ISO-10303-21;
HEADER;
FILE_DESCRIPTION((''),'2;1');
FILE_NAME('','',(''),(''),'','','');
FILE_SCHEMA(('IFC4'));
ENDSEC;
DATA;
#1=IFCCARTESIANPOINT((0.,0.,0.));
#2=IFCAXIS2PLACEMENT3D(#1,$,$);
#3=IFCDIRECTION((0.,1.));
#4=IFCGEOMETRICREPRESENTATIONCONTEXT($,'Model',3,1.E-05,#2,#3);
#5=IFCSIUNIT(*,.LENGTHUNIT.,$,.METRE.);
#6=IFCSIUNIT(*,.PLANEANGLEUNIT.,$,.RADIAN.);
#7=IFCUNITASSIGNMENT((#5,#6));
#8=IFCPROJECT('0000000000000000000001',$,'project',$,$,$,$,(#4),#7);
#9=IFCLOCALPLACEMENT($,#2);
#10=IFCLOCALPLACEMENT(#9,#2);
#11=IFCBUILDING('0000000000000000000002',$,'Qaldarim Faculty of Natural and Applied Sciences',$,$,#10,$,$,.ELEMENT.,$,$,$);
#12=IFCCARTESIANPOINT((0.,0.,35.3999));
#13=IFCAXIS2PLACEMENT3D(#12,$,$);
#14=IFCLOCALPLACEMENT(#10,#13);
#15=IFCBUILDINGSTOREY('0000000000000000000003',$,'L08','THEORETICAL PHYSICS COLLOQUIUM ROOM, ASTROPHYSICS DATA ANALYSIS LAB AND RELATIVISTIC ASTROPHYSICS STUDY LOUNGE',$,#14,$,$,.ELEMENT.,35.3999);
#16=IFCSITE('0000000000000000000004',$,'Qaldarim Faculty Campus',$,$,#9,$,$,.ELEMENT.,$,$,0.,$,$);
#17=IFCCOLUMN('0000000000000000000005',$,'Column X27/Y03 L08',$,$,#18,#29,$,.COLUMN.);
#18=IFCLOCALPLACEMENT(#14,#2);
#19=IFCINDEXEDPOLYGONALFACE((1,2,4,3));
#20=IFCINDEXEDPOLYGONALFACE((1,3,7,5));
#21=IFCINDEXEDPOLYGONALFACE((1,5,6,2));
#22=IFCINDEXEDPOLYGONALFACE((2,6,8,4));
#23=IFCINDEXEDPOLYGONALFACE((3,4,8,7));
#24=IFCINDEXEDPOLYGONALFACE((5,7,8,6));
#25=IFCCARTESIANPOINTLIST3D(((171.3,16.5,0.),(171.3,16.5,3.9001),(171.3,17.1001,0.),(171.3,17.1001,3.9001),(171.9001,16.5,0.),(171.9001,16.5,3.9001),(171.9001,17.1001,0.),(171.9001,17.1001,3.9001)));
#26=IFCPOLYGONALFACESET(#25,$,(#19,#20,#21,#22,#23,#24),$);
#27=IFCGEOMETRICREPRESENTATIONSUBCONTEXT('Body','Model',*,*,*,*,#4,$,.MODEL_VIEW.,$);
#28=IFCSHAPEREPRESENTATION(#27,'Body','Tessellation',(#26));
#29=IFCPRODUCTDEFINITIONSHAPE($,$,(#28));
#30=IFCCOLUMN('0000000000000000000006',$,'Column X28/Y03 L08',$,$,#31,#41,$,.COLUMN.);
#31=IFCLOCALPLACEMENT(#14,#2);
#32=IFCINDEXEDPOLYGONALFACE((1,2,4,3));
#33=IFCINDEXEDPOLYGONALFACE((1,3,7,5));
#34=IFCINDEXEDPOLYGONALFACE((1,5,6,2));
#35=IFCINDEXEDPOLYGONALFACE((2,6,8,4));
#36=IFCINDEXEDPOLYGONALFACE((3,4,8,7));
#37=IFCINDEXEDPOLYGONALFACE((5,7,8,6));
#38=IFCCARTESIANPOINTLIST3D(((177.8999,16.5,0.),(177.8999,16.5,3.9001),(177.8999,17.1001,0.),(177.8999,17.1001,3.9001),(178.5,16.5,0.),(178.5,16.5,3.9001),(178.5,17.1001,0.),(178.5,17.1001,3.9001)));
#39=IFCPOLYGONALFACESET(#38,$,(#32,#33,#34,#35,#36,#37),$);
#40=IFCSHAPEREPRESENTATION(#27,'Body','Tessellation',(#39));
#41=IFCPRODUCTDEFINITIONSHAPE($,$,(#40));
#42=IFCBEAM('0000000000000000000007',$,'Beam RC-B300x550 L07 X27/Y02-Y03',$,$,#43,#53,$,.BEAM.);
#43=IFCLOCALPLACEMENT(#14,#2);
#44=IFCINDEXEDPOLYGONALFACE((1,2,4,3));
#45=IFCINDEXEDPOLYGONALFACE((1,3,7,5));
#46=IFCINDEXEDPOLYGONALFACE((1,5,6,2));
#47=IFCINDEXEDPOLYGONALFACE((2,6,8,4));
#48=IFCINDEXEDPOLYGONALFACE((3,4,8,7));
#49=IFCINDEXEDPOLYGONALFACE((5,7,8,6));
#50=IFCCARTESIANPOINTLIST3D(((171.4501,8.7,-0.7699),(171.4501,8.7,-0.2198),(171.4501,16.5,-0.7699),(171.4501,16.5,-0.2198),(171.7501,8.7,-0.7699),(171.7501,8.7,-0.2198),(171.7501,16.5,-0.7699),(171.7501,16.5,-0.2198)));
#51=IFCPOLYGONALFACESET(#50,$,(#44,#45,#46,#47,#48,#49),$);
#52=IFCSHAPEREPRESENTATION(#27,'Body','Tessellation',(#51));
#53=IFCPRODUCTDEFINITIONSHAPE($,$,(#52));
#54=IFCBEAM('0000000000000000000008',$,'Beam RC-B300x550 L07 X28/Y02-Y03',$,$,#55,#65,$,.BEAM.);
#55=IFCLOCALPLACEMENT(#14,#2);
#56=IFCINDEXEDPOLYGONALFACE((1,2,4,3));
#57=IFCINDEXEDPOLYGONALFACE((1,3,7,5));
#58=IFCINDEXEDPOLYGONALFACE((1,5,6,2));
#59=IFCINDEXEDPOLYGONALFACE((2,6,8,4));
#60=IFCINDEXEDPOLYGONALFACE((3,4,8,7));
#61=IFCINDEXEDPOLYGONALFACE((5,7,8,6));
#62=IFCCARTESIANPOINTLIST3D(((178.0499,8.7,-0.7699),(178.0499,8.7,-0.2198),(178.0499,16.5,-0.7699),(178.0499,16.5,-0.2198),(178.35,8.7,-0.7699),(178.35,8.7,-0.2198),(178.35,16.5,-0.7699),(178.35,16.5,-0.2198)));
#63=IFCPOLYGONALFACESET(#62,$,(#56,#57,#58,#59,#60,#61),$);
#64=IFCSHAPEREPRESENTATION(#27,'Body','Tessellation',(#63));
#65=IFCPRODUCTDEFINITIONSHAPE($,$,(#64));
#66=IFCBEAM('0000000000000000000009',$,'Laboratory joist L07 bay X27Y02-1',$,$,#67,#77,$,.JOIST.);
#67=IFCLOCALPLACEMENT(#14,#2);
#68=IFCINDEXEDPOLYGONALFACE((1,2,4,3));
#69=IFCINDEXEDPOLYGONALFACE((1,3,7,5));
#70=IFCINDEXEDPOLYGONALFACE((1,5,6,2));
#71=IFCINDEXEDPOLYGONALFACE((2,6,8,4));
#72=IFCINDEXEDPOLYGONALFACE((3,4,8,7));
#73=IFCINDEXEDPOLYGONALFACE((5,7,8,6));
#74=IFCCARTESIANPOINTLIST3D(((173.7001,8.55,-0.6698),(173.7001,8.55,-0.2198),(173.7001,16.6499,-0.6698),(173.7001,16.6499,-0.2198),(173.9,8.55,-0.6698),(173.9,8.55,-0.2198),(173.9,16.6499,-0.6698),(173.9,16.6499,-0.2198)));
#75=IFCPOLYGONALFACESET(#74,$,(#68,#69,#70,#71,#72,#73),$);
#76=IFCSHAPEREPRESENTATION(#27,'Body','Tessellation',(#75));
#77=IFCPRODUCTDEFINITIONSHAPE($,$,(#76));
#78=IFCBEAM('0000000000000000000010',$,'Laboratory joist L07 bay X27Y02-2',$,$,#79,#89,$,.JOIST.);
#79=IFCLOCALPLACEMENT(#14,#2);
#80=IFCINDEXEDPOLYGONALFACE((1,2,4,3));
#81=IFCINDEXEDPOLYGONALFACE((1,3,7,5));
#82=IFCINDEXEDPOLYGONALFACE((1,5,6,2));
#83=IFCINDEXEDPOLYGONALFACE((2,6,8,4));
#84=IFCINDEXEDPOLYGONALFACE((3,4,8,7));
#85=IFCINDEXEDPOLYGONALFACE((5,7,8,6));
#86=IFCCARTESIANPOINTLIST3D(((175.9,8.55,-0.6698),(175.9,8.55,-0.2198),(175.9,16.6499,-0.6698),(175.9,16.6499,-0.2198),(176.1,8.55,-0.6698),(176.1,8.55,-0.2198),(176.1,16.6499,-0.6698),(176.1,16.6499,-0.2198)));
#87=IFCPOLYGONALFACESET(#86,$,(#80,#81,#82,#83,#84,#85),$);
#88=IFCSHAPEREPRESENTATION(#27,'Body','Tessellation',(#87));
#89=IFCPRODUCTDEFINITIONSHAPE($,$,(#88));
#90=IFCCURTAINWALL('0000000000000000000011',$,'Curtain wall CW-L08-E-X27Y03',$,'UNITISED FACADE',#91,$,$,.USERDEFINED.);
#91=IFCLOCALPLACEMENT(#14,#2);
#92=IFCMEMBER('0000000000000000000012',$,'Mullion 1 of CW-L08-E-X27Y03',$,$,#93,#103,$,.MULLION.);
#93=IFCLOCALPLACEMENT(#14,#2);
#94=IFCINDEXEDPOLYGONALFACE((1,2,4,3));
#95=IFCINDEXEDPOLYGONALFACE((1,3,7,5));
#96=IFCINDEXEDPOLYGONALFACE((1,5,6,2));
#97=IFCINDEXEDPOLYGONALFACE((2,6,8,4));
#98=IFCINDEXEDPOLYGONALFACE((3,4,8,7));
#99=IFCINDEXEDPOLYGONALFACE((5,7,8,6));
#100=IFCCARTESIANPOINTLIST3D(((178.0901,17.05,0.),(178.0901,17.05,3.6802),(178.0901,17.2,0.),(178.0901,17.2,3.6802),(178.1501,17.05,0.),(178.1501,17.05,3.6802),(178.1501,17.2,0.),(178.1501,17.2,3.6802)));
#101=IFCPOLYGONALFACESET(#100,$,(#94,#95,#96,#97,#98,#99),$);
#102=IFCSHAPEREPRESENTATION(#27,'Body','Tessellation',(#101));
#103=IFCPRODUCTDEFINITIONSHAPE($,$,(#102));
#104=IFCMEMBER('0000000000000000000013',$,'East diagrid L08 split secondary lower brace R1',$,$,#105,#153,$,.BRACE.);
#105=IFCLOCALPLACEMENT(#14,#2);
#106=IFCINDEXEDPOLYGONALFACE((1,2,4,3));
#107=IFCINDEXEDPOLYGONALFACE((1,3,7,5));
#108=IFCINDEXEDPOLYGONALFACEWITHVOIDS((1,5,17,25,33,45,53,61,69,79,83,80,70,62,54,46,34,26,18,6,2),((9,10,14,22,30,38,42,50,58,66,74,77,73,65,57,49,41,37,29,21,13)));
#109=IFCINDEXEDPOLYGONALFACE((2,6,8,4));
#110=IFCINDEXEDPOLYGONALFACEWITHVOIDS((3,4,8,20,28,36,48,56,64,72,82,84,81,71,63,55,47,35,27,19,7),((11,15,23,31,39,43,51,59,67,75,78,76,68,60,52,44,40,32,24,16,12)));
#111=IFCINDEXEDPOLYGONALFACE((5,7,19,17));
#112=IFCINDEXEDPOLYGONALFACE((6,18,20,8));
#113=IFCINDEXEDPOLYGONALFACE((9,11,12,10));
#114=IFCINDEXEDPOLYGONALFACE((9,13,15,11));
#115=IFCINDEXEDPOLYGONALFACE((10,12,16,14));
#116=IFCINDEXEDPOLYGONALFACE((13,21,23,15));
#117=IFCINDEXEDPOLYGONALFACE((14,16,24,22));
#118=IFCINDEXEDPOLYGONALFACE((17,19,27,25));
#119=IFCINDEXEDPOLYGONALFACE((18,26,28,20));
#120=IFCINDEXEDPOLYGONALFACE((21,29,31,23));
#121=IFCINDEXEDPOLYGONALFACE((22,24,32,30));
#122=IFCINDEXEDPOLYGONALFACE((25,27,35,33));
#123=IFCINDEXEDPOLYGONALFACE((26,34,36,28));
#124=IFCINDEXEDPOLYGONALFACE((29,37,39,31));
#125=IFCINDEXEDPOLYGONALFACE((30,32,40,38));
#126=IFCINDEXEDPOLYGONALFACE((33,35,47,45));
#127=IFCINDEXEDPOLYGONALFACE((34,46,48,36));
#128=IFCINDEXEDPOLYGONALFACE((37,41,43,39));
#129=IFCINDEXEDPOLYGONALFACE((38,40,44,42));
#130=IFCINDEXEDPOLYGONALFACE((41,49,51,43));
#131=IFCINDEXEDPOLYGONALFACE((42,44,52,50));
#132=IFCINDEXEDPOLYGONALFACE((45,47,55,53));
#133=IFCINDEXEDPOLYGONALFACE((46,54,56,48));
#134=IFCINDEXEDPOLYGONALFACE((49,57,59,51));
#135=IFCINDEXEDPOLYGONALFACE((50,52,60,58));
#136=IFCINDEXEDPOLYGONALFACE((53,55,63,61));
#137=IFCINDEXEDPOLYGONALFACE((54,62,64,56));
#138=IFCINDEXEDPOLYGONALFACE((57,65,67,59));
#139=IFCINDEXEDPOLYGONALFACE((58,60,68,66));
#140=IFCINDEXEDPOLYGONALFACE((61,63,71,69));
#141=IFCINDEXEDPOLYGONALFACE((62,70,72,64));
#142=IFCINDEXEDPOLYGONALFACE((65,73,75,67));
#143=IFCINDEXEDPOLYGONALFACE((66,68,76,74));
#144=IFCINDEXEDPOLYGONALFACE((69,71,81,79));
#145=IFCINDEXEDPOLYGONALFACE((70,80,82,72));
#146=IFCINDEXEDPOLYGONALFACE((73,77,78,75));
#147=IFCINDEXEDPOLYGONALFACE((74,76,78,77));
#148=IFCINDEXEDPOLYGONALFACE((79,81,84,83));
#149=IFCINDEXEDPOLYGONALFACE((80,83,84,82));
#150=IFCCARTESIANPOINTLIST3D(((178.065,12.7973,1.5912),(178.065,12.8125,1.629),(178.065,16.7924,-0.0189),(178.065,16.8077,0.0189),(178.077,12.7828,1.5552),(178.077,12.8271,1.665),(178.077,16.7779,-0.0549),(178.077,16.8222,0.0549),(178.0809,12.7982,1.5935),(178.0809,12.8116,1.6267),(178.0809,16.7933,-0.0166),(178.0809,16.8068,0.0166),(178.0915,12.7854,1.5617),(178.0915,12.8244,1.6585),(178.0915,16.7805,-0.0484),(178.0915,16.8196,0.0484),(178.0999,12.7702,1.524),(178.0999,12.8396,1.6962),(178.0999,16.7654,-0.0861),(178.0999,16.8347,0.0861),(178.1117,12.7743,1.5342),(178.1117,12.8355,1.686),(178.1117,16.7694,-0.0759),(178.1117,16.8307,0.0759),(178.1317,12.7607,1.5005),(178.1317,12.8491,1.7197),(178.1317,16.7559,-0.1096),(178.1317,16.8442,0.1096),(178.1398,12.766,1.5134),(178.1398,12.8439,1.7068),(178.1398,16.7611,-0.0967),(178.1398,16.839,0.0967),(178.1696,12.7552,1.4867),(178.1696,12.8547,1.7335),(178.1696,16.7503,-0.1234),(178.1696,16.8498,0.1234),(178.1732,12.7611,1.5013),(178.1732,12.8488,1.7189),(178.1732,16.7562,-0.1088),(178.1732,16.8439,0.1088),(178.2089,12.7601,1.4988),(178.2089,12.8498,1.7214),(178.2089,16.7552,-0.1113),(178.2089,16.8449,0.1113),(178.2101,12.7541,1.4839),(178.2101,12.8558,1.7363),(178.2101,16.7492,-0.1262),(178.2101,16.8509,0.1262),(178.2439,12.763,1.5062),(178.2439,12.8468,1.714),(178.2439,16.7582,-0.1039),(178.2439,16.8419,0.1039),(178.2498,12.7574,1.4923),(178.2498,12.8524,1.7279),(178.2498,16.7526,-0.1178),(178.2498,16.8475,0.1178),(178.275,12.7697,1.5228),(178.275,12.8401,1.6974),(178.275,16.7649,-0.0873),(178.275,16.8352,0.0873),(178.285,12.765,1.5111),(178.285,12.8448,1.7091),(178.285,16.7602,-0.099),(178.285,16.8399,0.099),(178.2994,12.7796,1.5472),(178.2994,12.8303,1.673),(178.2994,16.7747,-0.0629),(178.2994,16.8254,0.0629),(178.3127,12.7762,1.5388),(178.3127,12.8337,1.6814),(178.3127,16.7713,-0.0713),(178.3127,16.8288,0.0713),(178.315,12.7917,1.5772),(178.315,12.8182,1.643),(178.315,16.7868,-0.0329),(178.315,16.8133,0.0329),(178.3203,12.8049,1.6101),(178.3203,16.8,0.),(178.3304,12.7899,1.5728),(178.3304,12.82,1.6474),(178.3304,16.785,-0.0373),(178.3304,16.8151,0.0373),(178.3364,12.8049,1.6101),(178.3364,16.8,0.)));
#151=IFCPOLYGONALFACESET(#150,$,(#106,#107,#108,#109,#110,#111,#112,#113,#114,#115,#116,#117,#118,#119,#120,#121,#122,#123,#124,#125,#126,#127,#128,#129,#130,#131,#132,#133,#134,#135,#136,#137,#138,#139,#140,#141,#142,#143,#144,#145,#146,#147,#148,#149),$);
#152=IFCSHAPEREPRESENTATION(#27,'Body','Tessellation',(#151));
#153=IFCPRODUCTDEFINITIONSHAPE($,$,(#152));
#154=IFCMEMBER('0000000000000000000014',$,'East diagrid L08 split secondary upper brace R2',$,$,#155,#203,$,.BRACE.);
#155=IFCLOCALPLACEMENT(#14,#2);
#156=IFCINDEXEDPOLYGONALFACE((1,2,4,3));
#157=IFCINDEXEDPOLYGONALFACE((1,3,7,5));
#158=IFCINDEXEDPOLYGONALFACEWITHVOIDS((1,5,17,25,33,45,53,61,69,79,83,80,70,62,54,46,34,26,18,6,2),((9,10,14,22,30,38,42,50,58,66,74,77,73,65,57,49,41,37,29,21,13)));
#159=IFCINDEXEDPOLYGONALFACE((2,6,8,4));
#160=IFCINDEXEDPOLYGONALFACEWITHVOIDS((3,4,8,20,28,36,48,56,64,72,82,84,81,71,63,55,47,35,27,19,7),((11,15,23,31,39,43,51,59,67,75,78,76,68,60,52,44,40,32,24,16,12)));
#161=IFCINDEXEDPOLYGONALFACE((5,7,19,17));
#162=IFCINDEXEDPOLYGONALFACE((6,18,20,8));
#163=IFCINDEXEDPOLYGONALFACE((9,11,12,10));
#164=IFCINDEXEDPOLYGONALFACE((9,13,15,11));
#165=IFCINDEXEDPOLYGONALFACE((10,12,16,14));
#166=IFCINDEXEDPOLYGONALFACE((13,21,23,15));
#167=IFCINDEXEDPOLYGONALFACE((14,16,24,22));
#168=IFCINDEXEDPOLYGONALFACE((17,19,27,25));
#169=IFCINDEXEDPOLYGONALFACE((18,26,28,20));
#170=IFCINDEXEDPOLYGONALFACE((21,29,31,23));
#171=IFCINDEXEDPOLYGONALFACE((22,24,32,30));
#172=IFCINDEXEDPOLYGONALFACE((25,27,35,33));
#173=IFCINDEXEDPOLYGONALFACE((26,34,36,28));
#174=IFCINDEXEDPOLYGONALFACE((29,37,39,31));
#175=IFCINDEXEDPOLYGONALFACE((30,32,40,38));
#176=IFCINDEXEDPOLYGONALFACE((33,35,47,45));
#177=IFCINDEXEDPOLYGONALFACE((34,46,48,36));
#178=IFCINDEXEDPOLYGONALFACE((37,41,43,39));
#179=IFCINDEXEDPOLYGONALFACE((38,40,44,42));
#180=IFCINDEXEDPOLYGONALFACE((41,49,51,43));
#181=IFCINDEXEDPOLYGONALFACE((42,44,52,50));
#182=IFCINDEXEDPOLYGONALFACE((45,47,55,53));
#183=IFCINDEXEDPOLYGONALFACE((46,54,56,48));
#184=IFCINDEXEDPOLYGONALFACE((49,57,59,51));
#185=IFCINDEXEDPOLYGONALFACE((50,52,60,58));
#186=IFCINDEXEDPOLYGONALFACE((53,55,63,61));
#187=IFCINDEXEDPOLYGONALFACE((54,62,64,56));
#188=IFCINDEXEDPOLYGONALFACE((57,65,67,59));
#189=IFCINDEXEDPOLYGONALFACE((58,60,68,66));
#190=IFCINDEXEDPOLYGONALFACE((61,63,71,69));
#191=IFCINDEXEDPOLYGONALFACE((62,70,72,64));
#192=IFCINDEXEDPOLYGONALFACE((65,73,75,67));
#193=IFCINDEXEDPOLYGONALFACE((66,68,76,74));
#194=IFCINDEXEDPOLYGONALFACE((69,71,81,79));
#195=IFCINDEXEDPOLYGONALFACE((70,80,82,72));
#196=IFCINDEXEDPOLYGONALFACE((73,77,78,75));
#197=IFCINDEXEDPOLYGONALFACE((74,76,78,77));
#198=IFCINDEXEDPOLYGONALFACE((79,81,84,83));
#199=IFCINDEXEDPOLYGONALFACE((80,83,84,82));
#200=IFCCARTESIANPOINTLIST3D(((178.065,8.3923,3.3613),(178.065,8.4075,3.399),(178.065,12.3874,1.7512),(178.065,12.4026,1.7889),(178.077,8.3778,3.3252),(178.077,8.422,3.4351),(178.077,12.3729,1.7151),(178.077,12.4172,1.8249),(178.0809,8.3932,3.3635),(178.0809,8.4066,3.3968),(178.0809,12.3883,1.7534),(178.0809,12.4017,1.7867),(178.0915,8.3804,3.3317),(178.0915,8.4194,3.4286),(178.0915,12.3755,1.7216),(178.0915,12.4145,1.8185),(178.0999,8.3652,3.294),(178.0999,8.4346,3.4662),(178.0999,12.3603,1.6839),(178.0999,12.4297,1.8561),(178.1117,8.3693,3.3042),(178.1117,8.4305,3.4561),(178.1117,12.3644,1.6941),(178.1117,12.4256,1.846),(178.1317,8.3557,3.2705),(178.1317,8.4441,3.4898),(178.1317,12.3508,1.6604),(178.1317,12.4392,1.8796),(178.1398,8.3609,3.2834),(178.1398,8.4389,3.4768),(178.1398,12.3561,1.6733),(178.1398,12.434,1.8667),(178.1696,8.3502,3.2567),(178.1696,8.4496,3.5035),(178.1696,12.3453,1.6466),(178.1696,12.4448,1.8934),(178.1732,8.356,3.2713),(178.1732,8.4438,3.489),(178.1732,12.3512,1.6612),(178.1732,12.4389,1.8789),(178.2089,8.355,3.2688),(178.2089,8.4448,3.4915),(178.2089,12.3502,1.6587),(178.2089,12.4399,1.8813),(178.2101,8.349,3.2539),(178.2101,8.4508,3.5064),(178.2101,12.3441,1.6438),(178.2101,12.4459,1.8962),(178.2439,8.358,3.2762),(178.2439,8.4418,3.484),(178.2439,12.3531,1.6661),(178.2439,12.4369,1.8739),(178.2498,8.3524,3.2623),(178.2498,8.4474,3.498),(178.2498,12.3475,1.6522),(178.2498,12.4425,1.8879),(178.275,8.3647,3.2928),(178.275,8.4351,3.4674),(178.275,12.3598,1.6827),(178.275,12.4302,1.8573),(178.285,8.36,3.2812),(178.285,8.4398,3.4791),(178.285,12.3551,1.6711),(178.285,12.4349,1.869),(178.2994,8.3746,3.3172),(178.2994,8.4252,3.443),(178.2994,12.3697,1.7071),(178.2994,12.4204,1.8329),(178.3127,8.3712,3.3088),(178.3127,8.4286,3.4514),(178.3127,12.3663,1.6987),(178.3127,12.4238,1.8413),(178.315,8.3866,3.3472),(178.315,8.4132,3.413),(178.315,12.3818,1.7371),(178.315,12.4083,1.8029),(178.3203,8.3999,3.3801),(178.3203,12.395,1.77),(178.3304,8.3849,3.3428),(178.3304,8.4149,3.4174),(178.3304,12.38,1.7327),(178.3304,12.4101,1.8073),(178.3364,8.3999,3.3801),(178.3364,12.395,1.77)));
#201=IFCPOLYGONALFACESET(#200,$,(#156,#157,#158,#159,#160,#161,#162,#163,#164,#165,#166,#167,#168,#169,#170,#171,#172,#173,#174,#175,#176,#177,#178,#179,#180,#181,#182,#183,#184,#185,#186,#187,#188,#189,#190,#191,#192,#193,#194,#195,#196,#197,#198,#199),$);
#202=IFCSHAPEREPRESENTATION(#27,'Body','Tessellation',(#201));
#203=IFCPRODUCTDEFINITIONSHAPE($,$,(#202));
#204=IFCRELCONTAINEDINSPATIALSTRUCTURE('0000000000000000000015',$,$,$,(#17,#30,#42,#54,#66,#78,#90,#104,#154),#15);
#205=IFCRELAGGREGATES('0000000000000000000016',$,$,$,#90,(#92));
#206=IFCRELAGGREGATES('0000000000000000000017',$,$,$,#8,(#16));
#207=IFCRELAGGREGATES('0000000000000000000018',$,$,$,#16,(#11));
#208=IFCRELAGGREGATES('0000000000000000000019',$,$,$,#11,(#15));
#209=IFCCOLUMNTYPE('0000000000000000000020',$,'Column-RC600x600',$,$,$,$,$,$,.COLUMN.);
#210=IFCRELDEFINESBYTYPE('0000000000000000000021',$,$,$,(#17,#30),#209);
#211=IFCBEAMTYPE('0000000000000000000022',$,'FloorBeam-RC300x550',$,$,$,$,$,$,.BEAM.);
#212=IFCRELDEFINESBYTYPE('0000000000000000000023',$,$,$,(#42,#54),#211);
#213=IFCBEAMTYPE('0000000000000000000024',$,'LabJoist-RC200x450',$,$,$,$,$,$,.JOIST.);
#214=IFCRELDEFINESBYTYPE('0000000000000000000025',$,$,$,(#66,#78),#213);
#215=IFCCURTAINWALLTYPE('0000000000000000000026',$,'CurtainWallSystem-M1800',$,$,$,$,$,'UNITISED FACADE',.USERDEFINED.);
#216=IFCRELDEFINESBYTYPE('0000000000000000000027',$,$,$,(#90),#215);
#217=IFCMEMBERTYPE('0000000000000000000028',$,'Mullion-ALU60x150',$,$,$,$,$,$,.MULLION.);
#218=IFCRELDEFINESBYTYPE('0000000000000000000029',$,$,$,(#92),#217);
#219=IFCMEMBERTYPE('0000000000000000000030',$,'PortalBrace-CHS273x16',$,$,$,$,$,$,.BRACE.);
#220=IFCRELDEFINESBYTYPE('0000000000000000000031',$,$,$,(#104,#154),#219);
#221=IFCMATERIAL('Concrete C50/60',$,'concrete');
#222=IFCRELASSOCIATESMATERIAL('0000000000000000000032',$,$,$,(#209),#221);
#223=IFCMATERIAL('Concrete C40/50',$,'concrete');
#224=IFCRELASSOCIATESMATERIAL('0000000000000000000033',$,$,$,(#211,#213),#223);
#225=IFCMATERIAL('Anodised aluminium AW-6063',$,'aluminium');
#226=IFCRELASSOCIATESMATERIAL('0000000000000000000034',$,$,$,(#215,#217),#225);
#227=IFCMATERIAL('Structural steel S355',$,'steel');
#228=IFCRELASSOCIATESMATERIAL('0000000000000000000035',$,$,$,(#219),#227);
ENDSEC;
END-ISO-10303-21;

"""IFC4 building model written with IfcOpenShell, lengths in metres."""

from ifc_helpers import new_model, si_unit, direction, frame, origin, origin_2d, place, context, subcontext, project, spatial, rectangle, hollow_circle, extrude, material, material_profile, profile_set, type_object, element, aggregate, save


model = new_model("IFC4")

# Units and contexts
model_context = context("Model", 3, precision=1e-05, world=origin(), true_north=direction((0.0, 1.0)))
body_context = subcontext(model_context, "Body", "Model", "MODEL_VIEW")
ifc_project = project(units=[si_unit("LENGTHUNIT", "METRE"), si_unit("PLANEANGLEUNIT", "RADIAN")], contexts=[model_context])

# Site, building, storey
site_placement = place(None, origin())
site = spatial("IfcSite", under=ifc_project, at=site_placement, Name="Qaldarim Faculty Campus", CompositionType="ELEMENT", RefElevation=0.0)
building_placement = place(site_placement, origin())
building = spatial("IfcBuilding", under=site, at=building_placement, Name="Qaldarim Faculty of Natural and Applied Sciences", CompositionType="ELEMENT")
storey_placement = place(building_placement, frame((0.0, 0.0, 35.3999)))
storey = spatial("IfcBuildingStorey", under=building, at=storey_placement, Name="L08", Description="THEORETICAL PHYSICS COLLOQUIUM ROOM, ASTROPHYSICS DATA ANALYSIS LAB AND RELATIVISTIC ASTROPHYSICS STUDY LOUNGE", CompositionType="ELEMENT", Elevation=35.3999)

# Columns
ifc_material_1 = material(Name="Concrete C50/60", Category="concrete")
ifc_material_profile_1 = material_profile(ifc_material_1, rectangle(XDim=0.6001, YDim=0.6001, at=origin_2d()), Name="RC-C600x600")
ifc_profile_set_1 = profile_set([ifc_material_profile_1], Name="Concrete C50/60")
column_type = type_object("IfcColumnType", Name="Column-RC600x600", PredefinedType="COLUMN", material=ifc_profile_set_1)
for number, where, z_axis, x_axis, name in (
    (1, (171.6001, 16.8, 0.0), (0.0, 0.0, 1.0), (1.0, 0.0, 0.0), "Column X27/Y03 L08"),
    (2, (178.2, 16.8, 0.0), (0.0, 0.0, 1.0), (1.0, 0.0, 0.0), "Column X28/Y03 L08"),
):
    element("IfcColumn", number, at=place(storey_placement, frame(where, z_axis=z_axis, x_axis=x_axis)), inside=storey, type_object=column_type, Name=name, PredefinedType="COLUMN", context=body_context, shape_type="SweptSolid", body=[
        extrude(rectangle(XDim=0.6001, YDim=0.6001, at=origin_2d()), origin(), (0.0, 0.0, 1.0), 3.9001),
    ])

# Beams
ifc_material_2 = material(Name="Concrete C40/50", Category="concrete")
ifc_material_profile_2 = material_profile(ifc_material_2, rectangle(XDim=0.3, YDim=0.55, at=origin_2d()), Name="RC-B300x550")
ifc_profile_set_2 = profile_set([ifc_material_profile_2], Name="Concrete C40/50")
beam_type_1 = type_object("IfcBeamType", Name="FloorBeam-RC300x550", PredefinedType="BEAM", material=ifc_profile_set_2)
for number, where, z_axis, x_axis, name in (
    (3, (171.6001, 8.7, -0.4949), (0.0, 1.0, 0.0), (-1.0, 0.0, 0.0), "Beam RC-B300x550 L07 X27/Y02-Y03"),
    (4, (178.2, 8.7, -0.4949), (0.0, 1.0, 0.0), (-1.0, 0.0, 0.0), "Beam RC-B300x550 L07 X28/Y02-Y03"),
):
    element("IfcBeam", number, at=place(storey_placement, frame(where, z_axis=z_axis, x_axis=x_axis)), inside=storey, type_object=beam_type_1, Name=name, PredefinedType="BEAM", context=body_context, shape_type="SweptSolid", body=[
        extrude(rectangle(XDim=0.3, YDim=0.55, at=origin_2d()), origin(), (0.0, 0.0, 1.0), 7.8),
    ])
ifc_material_profile_3 = material_profile(ifc_material_2, rectangle(XDim=0.2, YDim=0.45, at=origin_2d()), Name="RC-J200x450")
ifc_profile_set_3 = profile_set([ifc_material_profile_3], Name="Concrete C40/50")
beam_type_2 = type_object("IfcBeamType", Name="LabJoist-RC200x450", PredefinedType="JOIST", material=ifc_profile_set_3)
for number, where, z_axis, x_axis, name in (
    (5, (173.8, 8.55, -0.4448), (0.0, 1.0, 0.0), (-1.0, 0.0, 0.0), "Laboratory joist L07 bay X27Y02-1"),
    (6, (176.0, 8.55, -0.4448), (0.0, 1.0, 0.0), (-1.0, 0.0, 0.0), "Laboratory joist L07 bay X27Y02-2"),
):
    element("IfcBeam", number, at=place(storey_placement, frame(where, z_axis=z_axis, x_axis=x_axis)), inside=storey, type_object=beam_type_2, Name=name, PredefinedType="JOIST", context=body_context, shape_type="SweptSolid", body=[
        extrude(rectangle(XDim=0.2, YDim=0.45, at=origin_2d()), origin(), (0.0, 0.0, 1.0), 8.0999),
    ])

# Curtain wall, member
ifc_material_3 = material(Name="Anodised aluminium AW-6063", Category="aluminium")
curtain_wall_type = type_object("IfcCurtainWallType", Name="CurtainWallSystem-M1800", ElementType="UNITISED FACADE", PredefinedType="USERDEFINED", material=ifc_material_3)
curtain_wall_placement = place(storey_placement, origin())
curtain_wall = element("IfcCurtainWall", 7, at=curtain_wall_placement, inside=storey, type_object=curtain_wall_type, Name="Curtain wall CW-L08-E-X27Y03", ObjectType="UNITISED FACADE", PredefinedType="USERDEFINED")
ifc_material_profile_4 = material_profile(ifc_material_3, rectangle(XDim=0.0601, YDim=0.1499, at=origin_2d()), Name="ALU-M60x150")
ifc_profile_set_4 = profile_set([ifc_material_profile_4], Name="Anodised aluminium AW-6063")
member_type_1 = type_object("IfcMemberType", Name="Mullion-ALU60x150", PredefinedType="MULLION", material=ifc_profile_set_4)
member_placement = place(storey_placement, frame((178.1201, 17.125, 0.0), z_axis=(0.0, 0.0, 1.0), x_axis=(-1.0, 0.0, 0.0)))
member = element("IfcMember", 8, at=member_placement, type_object=member_type_1, Name="Mullion 1 of CW-L08-E-X27Y03", PredefinedType="MULLION", context=body_context, shape_type="SweptSolid", body=[
    extrude(rectangle(XDim=0.0601, YDim=0.1499, at=origin_2d()), origin(), (0.0, 0.0, 1.0), 3.6802),
])
aggregate(curtain_wall, [member])

# Members
ifc_material_4 = material(Name="Structural steel S355", Category="steel")
ifc_material_profile_5 = material_profile(ifc_material_4, hollow_circle(Radius=0.1365, WallThickness=0.0161, at=origin_2d()), Name="CHS 273.0x16.0")
ifc_profile_set_5 = profile_set([ifc_material_profile_5], Name="Structural steel S355")
member_type_2 = type_object("IfcMemberType", Name="PortalBrace-CHS273x16", PredefinedType="BRACE", material=ifc_profile_set_5)
for number, where, z_axis, x_axis, name in (
    (9, (178.2, 16.8, 0.0), (0.0, -0.927508, 0.373803), (1.0, 0.0, 0.0), "East diagrid L08 split secondary lower brace R1"),
    (10, (178.2, 12.395, 1.77), (0.0, -0.927508, 0.373803), (1.0, 0.0, 0.0), "East diagrid L08 split secondary upper brace R2"),
):
    element("IfcMember", number, at=place(storey_placement, frame(where, z_axis=z_axis, x_axis=x_axis)), inside=storey, type_object=member_type_2, Name=name, PredefinedType="BRACE", context=body_context, shape_type="SweptSolid", body=[
        extrude(hollow_circle(Radius=0.1365, WallThickness=0.0161, at=origin_2d()), origin(), (0.0, 0.0, 1.0), 4.3074),
    ])

save(model, "model.ifc")
